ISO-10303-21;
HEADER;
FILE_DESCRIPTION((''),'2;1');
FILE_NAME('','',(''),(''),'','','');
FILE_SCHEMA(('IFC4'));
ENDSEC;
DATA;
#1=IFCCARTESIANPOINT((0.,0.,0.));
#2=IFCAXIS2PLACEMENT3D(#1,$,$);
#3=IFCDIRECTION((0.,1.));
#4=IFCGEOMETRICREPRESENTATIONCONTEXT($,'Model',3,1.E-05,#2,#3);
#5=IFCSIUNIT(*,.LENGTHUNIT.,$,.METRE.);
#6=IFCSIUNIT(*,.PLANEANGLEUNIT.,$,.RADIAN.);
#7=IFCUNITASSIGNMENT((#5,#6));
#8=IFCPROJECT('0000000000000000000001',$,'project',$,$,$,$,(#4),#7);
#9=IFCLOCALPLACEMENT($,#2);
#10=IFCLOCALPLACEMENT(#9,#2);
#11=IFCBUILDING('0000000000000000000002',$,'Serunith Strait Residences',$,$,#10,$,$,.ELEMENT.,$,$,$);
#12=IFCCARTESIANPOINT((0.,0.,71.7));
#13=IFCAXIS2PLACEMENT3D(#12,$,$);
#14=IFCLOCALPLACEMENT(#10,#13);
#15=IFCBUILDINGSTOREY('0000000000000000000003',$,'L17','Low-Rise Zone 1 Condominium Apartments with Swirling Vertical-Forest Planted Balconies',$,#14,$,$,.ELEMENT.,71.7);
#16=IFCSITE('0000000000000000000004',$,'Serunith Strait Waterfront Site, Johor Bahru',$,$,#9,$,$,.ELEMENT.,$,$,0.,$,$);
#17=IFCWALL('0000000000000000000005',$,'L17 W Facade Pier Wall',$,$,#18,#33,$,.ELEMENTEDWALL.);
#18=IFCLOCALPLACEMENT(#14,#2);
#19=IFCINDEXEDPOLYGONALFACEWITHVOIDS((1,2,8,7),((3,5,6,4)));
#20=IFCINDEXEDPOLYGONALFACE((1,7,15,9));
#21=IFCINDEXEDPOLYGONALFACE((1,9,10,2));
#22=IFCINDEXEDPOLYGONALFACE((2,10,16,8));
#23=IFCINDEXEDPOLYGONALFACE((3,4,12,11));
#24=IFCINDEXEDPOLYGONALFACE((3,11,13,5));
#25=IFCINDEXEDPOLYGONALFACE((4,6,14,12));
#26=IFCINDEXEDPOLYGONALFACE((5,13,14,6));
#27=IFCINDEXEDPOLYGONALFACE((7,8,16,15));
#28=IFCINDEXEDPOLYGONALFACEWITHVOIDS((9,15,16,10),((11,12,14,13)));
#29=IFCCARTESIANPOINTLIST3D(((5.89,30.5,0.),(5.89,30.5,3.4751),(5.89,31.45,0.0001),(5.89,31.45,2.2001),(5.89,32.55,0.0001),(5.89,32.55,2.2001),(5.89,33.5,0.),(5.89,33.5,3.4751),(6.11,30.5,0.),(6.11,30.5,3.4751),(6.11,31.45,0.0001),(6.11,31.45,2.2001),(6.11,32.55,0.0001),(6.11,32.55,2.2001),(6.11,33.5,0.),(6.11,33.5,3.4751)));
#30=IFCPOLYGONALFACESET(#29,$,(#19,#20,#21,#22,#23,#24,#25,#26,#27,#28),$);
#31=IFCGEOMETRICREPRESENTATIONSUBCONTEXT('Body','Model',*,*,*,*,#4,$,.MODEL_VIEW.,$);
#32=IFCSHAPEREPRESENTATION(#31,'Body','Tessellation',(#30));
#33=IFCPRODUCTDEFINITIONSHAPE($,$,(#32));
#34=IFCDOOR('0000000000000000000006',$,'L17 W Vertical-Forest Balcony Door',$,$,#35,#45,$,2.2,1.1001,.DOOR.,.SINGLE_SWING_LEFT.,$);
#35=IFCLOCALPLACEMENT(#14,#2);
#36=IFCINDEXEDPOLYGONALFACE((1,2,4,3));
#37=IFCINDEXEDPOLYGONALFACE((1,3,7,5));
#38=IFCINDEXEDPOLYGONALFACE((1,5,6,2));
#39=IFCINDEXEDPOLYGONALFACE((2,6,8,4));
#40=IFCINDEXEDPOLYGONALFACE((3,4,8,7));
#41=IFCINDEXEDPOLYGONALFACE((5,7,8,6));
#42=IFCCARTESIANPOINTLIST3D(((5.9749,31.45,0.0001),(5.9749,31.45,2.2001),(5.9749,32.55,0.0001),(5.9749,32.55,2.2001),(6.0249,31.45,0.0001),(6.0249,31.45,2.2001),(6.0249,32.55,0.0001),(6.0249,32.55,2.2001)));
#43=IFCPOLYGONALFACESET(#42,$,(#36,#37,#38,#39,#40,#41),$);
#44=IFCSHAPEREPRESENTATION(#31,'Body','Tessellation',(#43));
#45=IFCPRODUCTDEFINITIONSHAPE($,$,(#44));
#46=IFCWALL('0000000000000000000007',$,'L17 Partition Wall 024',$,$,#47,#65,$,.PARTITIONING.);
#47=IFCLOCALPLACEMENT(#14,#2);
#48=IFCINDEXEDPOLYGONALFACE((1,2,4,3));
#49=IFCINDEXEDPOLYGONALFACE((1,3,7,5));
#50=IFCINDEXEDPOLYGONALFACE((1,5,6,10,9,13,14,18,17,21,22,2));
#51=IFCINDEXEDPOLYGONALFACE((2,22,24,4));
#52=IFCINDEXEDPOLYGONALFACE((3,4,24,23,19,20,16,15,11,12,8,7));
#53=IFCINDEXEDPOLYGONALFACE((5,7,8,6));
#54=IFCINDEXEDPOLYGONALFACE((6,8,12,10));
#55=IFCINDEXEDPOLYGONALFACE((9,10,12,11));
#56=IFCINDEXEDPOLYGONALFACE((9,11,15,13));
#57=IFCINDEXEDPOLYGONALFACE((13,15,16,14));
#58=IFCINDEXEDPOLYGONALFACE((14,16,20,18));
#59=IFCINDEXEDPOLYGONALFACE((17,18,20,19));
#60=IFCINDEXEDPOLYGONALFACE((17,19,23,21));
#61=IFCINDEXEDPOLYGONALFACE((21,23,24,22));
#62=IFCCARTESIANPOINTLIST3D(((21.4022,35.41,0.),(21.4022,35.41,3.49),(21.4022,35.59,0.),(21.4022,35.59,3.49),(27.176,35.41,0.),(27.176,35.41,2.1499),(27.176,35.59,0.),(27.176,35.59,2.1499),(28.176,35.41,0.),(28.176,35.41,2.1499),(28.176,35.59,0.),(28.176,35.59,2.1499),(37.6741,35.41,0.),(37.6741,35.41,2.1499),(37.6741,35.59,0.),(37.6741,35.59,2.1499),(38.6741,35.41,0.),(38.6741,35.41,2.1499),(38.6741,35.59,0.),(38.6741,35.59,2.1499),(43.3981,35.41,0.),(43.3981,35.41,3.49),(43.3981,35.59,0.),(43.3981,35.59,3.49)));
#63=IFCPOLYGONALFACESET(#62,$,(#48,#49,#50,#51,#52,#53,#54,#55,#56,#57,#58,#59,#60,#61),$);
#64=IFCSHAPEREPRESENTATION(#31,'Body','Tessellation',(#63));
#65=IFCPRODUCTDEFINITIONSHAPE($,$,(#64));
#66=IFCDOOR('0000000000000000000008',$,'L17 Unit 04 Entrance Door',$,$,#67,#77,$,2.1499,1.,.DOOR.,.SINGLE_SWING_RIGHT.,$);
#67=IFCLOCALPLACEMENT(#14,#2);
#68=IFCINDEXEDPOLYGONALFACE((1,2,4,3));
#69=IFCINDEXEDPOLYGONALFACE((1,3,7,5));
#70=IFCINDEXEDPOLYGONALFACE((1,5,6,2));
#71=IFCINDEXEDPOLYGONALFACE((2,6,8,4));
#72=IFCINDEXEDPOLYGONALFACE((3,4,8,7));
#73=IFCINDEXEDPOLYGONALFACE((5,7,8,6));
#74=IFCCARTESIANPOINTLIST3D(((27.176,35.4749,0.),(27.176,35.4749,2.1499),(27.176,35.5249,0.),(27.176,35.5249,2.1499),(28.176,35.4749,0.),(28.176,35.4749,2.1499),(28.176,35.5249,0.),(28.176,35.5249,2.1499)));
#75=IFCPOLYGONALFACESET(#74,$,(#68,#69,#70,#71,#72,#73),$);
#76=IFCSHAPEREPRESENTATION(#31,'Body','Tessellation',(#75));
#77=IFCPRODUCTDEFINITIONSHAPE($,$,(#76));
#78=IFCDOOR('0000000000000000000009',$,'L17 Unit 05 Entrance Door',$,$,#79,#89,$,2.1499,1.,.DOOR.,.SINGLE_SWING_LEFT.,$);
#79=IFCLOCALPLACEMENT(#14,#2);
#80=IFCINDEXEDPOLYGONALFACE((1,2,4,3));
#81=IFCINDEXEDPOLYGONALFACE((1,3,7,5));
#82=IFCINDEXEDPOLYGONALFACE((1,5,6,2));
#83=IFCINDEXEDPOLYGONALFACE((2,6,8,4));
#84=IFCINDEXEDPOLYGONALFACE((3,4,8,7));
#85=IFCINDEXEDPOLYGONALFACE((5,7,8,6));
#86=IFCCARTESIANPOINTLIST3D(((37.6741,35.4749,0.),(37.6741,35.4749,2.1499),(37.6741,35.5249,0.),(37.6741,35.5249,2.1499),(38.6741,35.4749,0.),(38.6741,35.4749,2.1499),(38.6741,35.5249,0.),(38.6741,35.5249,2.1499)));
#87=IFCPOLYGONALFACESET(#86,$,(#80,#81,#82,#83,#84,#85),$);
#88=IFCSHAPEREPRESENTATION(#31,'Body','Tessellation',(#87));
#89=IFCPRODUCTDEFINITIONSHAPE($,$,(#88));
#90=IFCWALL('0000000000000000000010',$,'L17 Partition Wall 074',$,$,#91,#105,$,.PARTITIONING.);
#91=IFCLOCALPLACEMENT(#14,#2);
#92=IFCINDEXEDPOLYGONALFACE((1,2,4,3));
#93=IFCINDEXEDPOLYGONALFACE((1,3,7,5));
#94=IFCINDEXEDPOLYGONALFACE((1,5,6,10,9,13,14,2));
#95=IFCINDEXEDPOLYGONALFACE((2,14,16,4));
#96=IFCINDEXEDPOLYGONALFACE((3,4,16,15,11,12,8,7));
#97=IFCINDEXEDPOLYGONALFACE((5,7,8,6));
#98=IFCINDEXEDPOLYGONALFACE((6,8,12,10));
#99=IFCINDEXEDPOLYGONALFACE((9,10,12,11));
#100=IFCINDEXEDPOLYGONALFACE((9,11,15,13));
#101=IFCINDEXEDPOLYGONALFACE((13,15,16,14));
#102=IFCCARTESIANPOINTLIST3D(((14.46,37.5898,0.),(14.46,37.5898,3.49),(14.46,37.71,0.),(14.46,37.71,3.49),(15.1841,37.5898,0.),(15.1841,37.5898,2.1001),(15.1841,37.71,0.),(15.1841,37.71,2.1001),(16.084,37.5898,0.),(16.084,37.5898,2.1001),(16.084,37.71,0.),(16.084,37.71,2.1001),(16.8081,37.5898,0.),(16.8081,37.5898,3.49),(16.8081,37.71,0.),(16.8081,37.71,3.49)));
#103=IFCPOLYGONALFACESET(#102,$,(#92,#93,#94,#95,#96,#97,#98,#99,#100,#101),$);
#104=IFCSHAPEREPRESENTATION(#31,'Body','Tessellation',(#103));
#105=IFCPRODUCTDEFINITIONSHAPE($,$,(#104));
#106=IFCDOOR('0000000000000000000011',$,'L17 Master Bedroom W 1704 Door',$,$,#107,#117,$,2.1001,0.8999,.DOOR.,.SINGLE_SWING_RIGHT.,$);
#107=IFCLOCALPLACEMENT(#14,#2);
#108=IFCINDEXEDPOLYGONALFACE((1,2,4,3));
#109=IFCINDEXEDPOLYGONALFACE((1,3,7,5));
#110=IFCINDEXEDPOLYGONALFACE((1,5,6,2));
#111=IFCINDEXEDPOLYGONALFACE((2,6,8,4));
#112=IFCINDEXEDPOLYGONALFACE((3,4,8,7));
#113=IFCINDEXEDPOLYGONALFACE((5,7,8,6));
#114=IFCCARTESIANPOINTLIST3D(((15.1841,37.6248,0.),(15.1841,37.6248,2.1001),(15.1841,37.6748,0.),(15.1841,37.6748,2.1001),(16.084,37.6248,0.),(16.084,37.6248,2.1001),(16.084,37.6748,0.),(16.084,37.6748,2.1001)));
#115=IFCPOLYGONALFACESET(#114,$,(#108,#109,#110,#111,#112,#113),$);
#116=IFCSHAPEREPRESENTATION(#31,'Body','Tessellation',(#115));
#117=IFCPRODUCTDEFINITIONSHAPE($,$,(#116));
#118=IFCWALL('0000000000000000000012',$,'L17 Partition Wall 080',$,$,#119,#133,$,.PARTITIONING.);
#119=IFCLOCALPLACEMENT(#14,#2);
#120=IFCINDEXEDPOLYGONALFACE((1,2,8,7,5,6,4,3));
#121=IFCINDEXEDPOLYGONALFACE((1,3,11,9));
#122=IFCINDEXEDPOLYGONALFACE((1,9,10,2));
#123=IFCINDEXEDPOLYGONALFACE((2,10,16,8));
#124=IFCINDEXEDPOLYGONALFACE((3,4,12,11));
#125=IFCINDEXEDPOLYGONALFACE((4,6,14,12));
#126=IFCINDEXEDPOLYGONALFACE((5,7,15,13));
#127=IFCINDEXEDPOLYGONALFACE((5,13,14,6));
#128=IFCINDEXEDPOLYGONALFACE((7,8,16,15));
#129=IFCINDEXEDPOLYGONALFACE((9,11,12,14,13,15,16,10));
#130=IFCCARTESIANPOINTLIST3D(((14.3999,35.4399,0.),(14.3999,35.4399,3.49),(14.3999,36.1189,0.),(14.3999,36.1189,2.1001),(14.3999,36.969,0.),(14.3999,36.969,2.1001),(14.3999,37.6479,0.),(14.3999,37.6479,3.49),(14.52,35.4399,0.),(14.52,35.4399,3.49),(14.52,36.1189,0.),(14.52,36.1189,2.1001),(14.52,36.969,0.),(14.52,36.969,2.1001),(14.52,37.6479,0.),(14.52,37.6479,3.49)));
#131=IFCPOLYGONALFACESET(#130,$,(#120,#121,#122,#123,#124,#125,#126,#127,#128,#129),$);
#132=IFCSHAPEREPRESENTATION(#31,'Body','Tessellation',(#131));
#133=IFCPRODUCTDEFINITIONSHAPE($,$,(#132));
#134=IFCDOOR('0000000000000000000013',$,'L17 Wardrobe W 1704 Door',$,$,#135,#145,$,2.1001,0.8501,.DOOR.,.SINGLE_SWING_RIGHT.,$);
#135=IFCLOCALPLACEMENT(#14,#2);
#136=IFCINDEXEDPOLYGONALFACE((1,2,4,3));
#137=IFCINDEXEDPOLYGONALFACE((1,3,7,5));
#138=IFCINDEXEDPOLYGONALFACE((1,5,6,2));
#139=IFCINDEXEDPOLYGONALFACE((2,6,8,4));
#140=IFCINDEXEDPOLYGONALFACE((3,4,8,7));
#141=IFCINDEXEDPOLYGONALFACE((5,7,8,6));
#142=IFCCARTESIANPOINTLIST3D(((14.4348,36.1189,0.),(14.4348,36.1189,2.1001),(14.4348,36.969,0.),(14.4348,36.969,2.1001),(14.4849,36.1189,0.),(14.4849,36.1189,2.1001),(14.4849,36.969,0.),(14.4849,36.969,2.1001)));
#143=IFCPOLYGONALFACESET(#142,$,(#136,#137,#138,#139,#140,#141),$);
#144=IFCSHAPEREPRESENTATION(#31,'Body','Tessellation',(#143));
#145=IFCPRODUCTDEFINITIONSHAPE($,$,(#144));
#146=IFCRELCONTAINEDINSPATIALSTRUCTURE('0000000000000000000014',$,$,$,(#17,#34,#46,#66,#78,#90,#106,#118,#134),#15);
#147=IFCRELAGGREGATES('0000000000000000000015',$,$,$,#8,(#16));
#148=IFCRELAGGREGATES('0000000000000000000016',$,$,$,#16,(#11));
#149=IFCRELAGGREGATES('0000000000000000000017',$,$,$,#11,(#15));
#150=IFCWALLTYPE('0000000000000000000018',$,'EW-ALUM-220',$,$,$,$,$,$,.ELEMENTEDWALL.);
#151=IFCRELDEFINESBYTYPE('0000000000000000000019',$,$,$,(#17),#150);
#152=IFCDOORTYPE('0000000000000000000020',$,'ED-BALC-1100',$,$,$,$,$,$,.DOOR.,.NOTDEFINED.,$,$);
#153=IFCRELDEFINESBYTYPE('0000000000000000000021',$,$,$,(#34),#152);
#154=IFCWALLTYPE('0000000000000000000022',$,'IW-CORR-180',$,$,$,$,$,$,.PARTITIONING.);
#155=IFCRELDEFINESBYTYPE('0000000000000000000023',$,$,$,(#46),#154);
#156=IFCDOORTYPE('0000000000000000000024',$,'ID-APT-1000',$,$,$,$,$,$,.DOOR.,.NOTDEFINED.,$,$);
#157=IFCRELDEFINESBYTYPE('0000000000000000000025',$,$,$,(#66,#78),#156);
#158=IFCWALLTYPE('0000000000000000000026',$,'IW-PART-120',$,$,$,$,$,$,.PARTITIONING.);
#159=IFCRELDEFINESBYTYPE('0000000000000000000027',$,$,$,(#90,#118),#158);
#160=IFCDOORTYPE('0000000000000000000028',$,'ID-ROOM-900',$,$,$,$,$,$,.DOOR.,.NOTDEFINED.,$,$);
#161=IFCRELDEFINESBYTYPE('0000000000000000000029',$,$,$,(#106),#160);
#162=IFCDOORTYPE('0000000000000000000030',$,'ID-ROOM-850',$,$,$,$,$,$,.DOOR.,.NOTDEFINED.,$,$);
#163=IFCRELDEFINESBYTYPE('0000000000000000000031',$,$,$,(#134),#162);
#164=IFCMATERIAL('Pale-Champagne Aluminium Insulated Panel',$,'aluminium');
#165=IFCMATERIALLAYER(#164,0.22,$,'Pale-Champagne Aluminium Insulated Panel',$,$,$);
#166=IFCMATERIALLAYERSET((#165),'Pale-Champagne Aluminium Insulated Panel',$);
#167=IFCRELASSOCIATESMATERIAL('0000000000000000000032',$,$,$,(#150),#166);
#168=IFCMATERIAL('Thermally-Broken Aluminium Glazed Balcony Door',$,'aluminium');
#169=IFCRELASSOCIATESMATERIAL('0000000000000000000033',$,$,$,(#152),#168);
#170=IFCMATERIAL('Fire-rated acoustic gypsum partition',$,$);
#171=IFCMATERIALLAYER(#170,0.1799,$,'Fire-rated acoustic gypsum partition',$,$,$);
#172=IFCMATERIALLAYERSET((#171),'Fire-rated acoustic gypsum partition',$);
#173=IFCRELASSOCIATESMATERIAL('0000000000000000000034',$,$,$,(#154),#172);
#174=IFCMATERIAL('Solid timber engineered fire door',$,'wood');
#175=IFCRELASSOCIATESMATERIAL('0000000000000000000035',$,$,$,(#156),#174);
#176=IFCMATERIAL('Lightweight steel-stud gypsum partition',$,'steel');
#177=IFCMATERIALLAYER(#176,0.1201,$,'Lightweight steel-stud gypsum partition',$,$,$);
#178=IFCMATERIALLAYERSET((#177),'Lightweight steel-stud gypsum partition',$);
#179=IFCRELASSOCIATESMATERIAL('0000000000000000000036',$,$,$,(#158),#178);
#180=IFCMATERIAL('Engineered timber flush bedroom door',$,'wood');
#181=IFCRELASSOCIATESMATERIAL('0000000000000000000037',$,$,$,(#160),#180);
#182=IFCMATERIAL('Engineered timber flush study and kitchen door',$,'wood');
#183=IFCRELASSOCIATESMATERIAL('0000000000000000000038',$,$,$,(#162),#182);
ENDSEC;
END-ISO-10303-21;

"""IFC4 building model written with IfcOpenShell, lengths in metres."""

from ifc_helpers import new_model, si_unit, direction, frame, frame_2d, origin, place, context, subcontext, project, spatial, rectangle, extrude, source, transform, mapped, material, layer, layer_set, type_object, element, fill, save


model = new_model("IFC4")

# Units and contexts
model_context = context("Model", 3, precision=1e-05, world=origin(), true_north=direction((0.0, 1.0)))
body_context = subcontext(model_context, "Body", "Model", "MODEL_VIEW")
ifc_project = project(units=[si_unit("LENGTHUNIT", "METRE"), si_unit("PLANEANGLEUNIT", "RADIAN")], contexts=[model_context])

# Site, building, storey
site_placement = place(None, origin())
site = spatial("IfcSite", under=ifc_project, at=site_placement, Name="Serunith Strait Waterfront Site, Johor Bahru", CompositionType="ELEMENT", RefElevation=0.0)
building_placement = place(site_placement, origin())
building = spatial("IfcBuilding", under=site, at=building_placement, Name="Serunith Strait Residences", CompositionType="ELEMENT")
storey_placement = place(building_placement, frame((0.0, 0.0, 71.7)))
storey = spatial("IfcBuildingStorey", under=building, at=storey_placement, Name="L17", Description="Low-Rise Zone 1 Condominium Apartments with Swirling Vertical-Forest Planted Balconies", CompositionType="ELEMENT", Elevation=71.7)

# Wall, opening, door
ifc_material_1 = material(Name="Pale-Champagne Aluminium Insulated Panel", Category="aluminium")
ifc_layer_1 = layer(ifc_material_1, 0.22, Name="Pale-Champagne Aluminium Insulated Panel")
ifc_layer_set_1 = layer_set([ifc_layer_1], Name="Pale-Champagne Aluminium Insulated Panel")
wall_type_1 = type_object("IfcWallType", Name="EW-ALUM-220", PredefinedType="ELEMENTEDWALL", material=ifc_layer_set_1)
wall_1_placement = place(storey_placement, frame((6.0, 33.5, 0.0), z_axis=(0.0, 0.0, 1.0), x_axis=(0.0, -1.0, 0.0)))
wall_1 = element("IfcWall", 1, at=wall_1_placement, inside=storey, type_object=wall_type_1, Name="L17 W Facade Pier Wall", PredefinedType="ELEMENTEDWALL", context=body_context, shape_type="SweptSolid", body=[
    extrude(rectangle(XDim=3.0, YDim=0.22, at=frame_2d((1.5, 0.0))), origin(), (0.0, 0.0, 1.0), 3.4751),
])
opening_1_placement = place(wall_1_placement, frame((0.95, 0.0, 0.0)))
opening_1 = element("IfcOpeningElement", 2, at=opening_1_placement, cuts=wall_1, PredefinedType="OPENING", context=body_context, shape_type="SweptSolid", body=[
    extrude(rectangle(XDim=1.1001, YDim=2.2, at=frame_2d((0.55, 1.1001))), frame((0.0, 0.1201, 0.0), z_axis=(0.0, -1.0, 0.0), x_axis=(1.0, 0.0, 0.0)), (0.0, 0.0, 1.0), 0.24),
])
ifc_material_2 = material(Name="Thermally-Broken Aluminium Glazed Balcony Door", Category="aluminium")
door_type_1 = type_object("IfcDoorType", Name="ED-BALC-1100", OperationType="NOTDEFINED", PredefinedType="DOOR", material=ifc_material_2)
shared_shape_1 = source(origin(), body_context, "Body", "SweptSolid", [
    extrude(rectangle(XDim=1.1001, YDim=2.2, at=frame_2d((0.55, 1.1001))), frame((0.0, 0.0249, 0.0), z_axis=(0.0, -1.0, 0.0), x_axis=(1.0, 0.0, 0.0)), (0.0, 0.0, 1.0), 0.05),
])
door_1_placement = place(opening_1_placement, origin())
door_1 = element("IfcDoor", 3, at=door_1_placement, inside=storey, type_object=door_type_1, Name="L17 W Vertical-Forest Balcony Door", OperationType="SINGLE_SWING_LEFT", OverallHeight=2.2, OverallWidth=1.1001, PredefinedType="DOOR", context=body_context, shape_type="MappedRepresentation", body=[
    mapped(shared_shape_1, transform((0.0, 0.0, 0.0), scale=1.0)),
])
fill(opening_1, door_1)

# Wall, openings, doors
ifc_material_3 = material(Name="Fire-rated acoustic gypsum partition")
ifc_layer_2 = layer(ifc_material_3, 0.1799, Name="Fire-rated acoustic gypsum partition")
ifc_layer_set_2 = layer_set([ifc_layer_2], Name="Fire-rated acoustic gypsum partition")
wall_type_2 = type_object("IfcWallType", Name="IW-CORR-180", PredefinedType="PARTITIONING", material=ifc_layer_set_2)
wall_2_placement = place(storey_placement, frame((21.4021, 35.5, 0.0), z_axis=(0.0, 0.0, 1.0), x_axis=(1.0, 0.0, 0.0)))
wall_2 = element("IfcWall", 4, at=wall_2_placement, inside=storey, type_object=wall_type_2, Name="L17 Partition Wall 024", PredefinedType="PARTITIONING", context=body_context, shape_type="SweptSolid", body=[
    extrude(rectangle(XDim=21.9958, YDim=0.1799, at=frame_2d((10.998, 0.0))), origin(), (0.0, 0.0, 1.0), 3.49),
])
opening_2_placement = place(wall_2_placement, frame((5.7739, 0.0, 0.0)))
opening_2 = element("IfcOpeningElement", 5, at=opening_2_placement, cuts=wall_2, PredefinedType="OPENING", context=body_context, shape_type="SweptSolid", body=[
    extrude(rectangle(XDim=1.0, YDim=2.1499, at=frame_2d((0.5, 1.075))), frame((0.0, 0.1001, 0.0), z_axis=(0.0, -1.0, 0.0), x_axis=(1.0, 0.0, 0.0)), (0.0, 0.0, 1.0), 0.2),
])
opening_3_placement = place(wall_2_placement, frame((16.272, 0.0, 0.0)))
opening_3 = element("IfcOpeningElement", 6, at=opening_3_placement, cuts=wall_2, PredefinedType="OPENING", context=body_context, shape_type="SweptSolid", body=[
    extrude(rectangle(XDim=1.0, YDim=2.1499, at=frame_2d((0.5, 1.075))), frame((0.0, 0.1001, 0.0), z_axis=(0.0, -1.0, 0.0), x_axis=(1.0, 0.0, 0.0)), (0.0, 0.0, 1.0), 0.2),
])
ifc_material_4 = material(Name="Solid timber engineered fire door", Category="wood")
door_type_2 = type_object("IfcDoorType", Name="ID-APT-1000", OperationType="NOTDEFINED", PredefinedType="DOOR", material=ifc_material_4)
shared_shape_2 = source(origin(), body_context, "Body", "SweptSolid", [
    extrude(rectangle(XDim=1.0, YDim=2.1499, at=frame_2d((0.5, 1.075))), frame((0.0, 0.0249, 0.0), z_axis=(0.0, -1.0, 0.0), x_axis=(1.0, 0.0, 0.0)), (0.0, 0.0, 1.0), 0.05),
])
door_2_placement = place(opening_2_placement, origin())
door_2 = element("IfcDoor", 7, at=door_2_placement, inside=storey, type_object=door_type_2, Name="L17 Unit 04 Entrance Door", OperationType="SINGLE_SWING_RIGHT", OverallHeight=2.1499, OverallWidth=1.0, PredefinedType="DOOR", context=body_context, shape_type="MappedRepresentation", body=[
    mapped(shared_shape_2, transform((0.0, 0.0, 0.0), scale=1.0)),
])
fill(opening_2, door_2)
door_3_placement = place(opening_3_placement, origin())
door_3 = element("IfcDoor", 8, at=door_3_placement, inside=storey, type_object=door_type_2, Name="L17 Unit 05 Entrance Door", OperationType="SINGLE_SWING_LEFT", OverallHeight=2.1499, OverallWidth=1.0, PredefinedType="DOOR", context=body_context, shape_type="MappedRepresentation", body=[
    mapped(shared_shape_2, transform((0.0, 0.0, 0.0), scale=1.0)),
])
fill(opening_3, door_3)

# Walls, openings, doors
ifc_material_5 = material(Name="Lightweight steel-stud gypsum partition", Category="steel")
ifc_layer_3 = layer(ifc_material_5, 0.1201, Name="Lightweight steel-stud gypsum partition")
ifc_layer_set_3 = layer_set([ifc_layer_3], Name="Lightweight steel-stud gypsum partition")
wall_type_3 = type_object("IfcWallType", Name="IW-PART-120", PredefinedType="PARTITIONING", material=ifc_layer_set_3)
wall_3_placement = place(storey_placement, frame((14.46, 37.6499, 0.0), z_axis=(0.0, 0.0, 1.0), x_axis=(1.0, 0.0, 0.0)))
wall_3 = element("IfcWall", 9, at=wall_3_placement, inside=storey, type_object=wall_type_3, Name="L17 Partition Wall 074", PredefinedType="PARTITIONING", context=body_context, shape_type="SweptSolid", body=[
    extrude(rectangle(XDim=2.3481, YDim=0.1201, at=frame_2d((1.1741, 0.0))), origin(), (0.0, 0.0, 1.0), 3.49),
])
opening_4_placement = place(wall_3_placement, frame((0.7241, 0.0, 0.0)))
opening_4 = element("IfcOpeningElement", 10, at=opening_4_placement, cuts=wall_3, PredefinedType="OPENING", context=body_context, shape_type="SweptSolid", body=[
    extrude(rectangle(XDim=0.8999, YDim=2.1001, at=frame_2d((0.45, 1.05))), frame((0.0, 0.0701, 0.0), z_axis=(0.0, -1.0, 0.0), x_axis=(1.0, 0.0, 0.0)), (0.0, 0.0, 1.0), 0.1401),
])
ifc_material_6 = material(Name="Engineered timber flush bedroom door", Category="wood")
door_type_3 = type_object("IfcDoorType", Name="ID-ROOM-900", OperationType="NOTDEFINED", PredefinedType="DOOR", material=ifc_material_6)
shared_shape_3 = source(origin(), body_context, "Body", "SweptSolid", [
    extrude(rectangle(XDim=0.8999, YDim=2.1001, at=frame_2d((0.45, 1.05))), frame((0.0, 0.0249, 0.0), z_axis=(0.0, -1.0, 0.0), x_axis=(1.0, 0.0, 0.0)), (0.0, 0.0, 1.0), 0.05),
])
door_4_placement = place(opening_4_placement, origin())
door_4 = element("IfcDoor", 11, at=door_4_placement, inside=storey, type_object=door_type_3, Name="L17 Master Bedroom W 1704 Door", OperationType="SINGLE_SWING_RIGHT", OverallHeight=2.1001, OverallWidth=0.8999, PredefinedType="DOOR", context=body_context, shape_type="MappedRepresentation", body=[
    mapped(shared_shape_3, transform((0.0, 0.0, 0.0), scale=1.0)),
])
fill(opening_4, door_4)
wall_4_placement = place(storey_placement, frame((14.46, 37.6479, 0.0), z_axis=(0.0, 0.0, 1.0), x_axis=(0.0, -1.0, 0.0)))
wall_4 = element("IfcWall", 12, at=wall_4_placement, inside=storey, type_object=wall_type_3, Name="L17 Partition Wall 080", PredefinedType="PARTITIONING", context=body_context, shape_type="SweptSolid", body=[
    extrude(rectangle(XDim=2.208, YDim=0.1201, at=frame_2d((1.104, 0.0))), origin(), (0.0, 0.0, 1.0), 3.49),
])
opening_5_placement = place(wall_4_placement, frame((0.679, 0.0, 0.0)))
opening_5 = element("IfcOpeningElement", 13, at=opening_5_placement, cuts=wall_4, PredefinedType="OPENING", context=body_context, shape_type="SweptSolid", body=[
    extrude(rectangle(XDim=0.8501, YDim=2.1001, at=frame_2d((0.425, 1.05))), frame((0.0, 0.0701, 0.0), z_axis=(0.0, -1.0, 0.0), x_axis=(1.0, 0.0, 0.0)), (0.0, 0.0, 1.0), 0.1401),
])
ifc_material_7 = material(Name="Engineered timber flush study and kitchen door", Category="wood")
door_type_4 = type_object("IfcDoorType", Name="ID-ROOM-850", OperationType="NOTDEFINED", PredefinedType="DOOR", material=ifc_material_7)
shared_shape_4 = source(origin(), body_context, "Body", "SweptSolid", [
    extrude(rectangle(XDim=0.8501, YDim=2.1001, at=frame_2d((0.425, 1.05))), frame((0.0, 0.0249, 0.0), z_axis=(0.0, -1.0, 0.0), x_axis=(1.0, 0.0, 0.0)), (0.0, 0.0, 1.0), 0.05),
])
door_5_placement = place(opening_5_placement, origin())
door_5 = element("IfcDoor", 14, at=door_5_placement, inside=storey, type_object=door_type_4, Name="L17 Wardrobe W 1704 Door", OperationType="SINGLE_SWING_RIGHT", OverallHeight=2.1001, OverallWidth=0.8501, PredefinedType="DOOR", context=body_context, shape_type="MappedRepresentation", body=[
    mapped(shared_shape_4, transform((0.0, 0.0, 0.0), scale=1.0)),
])
fill(opening_5, door_5)

save(model, "model.ifc")
